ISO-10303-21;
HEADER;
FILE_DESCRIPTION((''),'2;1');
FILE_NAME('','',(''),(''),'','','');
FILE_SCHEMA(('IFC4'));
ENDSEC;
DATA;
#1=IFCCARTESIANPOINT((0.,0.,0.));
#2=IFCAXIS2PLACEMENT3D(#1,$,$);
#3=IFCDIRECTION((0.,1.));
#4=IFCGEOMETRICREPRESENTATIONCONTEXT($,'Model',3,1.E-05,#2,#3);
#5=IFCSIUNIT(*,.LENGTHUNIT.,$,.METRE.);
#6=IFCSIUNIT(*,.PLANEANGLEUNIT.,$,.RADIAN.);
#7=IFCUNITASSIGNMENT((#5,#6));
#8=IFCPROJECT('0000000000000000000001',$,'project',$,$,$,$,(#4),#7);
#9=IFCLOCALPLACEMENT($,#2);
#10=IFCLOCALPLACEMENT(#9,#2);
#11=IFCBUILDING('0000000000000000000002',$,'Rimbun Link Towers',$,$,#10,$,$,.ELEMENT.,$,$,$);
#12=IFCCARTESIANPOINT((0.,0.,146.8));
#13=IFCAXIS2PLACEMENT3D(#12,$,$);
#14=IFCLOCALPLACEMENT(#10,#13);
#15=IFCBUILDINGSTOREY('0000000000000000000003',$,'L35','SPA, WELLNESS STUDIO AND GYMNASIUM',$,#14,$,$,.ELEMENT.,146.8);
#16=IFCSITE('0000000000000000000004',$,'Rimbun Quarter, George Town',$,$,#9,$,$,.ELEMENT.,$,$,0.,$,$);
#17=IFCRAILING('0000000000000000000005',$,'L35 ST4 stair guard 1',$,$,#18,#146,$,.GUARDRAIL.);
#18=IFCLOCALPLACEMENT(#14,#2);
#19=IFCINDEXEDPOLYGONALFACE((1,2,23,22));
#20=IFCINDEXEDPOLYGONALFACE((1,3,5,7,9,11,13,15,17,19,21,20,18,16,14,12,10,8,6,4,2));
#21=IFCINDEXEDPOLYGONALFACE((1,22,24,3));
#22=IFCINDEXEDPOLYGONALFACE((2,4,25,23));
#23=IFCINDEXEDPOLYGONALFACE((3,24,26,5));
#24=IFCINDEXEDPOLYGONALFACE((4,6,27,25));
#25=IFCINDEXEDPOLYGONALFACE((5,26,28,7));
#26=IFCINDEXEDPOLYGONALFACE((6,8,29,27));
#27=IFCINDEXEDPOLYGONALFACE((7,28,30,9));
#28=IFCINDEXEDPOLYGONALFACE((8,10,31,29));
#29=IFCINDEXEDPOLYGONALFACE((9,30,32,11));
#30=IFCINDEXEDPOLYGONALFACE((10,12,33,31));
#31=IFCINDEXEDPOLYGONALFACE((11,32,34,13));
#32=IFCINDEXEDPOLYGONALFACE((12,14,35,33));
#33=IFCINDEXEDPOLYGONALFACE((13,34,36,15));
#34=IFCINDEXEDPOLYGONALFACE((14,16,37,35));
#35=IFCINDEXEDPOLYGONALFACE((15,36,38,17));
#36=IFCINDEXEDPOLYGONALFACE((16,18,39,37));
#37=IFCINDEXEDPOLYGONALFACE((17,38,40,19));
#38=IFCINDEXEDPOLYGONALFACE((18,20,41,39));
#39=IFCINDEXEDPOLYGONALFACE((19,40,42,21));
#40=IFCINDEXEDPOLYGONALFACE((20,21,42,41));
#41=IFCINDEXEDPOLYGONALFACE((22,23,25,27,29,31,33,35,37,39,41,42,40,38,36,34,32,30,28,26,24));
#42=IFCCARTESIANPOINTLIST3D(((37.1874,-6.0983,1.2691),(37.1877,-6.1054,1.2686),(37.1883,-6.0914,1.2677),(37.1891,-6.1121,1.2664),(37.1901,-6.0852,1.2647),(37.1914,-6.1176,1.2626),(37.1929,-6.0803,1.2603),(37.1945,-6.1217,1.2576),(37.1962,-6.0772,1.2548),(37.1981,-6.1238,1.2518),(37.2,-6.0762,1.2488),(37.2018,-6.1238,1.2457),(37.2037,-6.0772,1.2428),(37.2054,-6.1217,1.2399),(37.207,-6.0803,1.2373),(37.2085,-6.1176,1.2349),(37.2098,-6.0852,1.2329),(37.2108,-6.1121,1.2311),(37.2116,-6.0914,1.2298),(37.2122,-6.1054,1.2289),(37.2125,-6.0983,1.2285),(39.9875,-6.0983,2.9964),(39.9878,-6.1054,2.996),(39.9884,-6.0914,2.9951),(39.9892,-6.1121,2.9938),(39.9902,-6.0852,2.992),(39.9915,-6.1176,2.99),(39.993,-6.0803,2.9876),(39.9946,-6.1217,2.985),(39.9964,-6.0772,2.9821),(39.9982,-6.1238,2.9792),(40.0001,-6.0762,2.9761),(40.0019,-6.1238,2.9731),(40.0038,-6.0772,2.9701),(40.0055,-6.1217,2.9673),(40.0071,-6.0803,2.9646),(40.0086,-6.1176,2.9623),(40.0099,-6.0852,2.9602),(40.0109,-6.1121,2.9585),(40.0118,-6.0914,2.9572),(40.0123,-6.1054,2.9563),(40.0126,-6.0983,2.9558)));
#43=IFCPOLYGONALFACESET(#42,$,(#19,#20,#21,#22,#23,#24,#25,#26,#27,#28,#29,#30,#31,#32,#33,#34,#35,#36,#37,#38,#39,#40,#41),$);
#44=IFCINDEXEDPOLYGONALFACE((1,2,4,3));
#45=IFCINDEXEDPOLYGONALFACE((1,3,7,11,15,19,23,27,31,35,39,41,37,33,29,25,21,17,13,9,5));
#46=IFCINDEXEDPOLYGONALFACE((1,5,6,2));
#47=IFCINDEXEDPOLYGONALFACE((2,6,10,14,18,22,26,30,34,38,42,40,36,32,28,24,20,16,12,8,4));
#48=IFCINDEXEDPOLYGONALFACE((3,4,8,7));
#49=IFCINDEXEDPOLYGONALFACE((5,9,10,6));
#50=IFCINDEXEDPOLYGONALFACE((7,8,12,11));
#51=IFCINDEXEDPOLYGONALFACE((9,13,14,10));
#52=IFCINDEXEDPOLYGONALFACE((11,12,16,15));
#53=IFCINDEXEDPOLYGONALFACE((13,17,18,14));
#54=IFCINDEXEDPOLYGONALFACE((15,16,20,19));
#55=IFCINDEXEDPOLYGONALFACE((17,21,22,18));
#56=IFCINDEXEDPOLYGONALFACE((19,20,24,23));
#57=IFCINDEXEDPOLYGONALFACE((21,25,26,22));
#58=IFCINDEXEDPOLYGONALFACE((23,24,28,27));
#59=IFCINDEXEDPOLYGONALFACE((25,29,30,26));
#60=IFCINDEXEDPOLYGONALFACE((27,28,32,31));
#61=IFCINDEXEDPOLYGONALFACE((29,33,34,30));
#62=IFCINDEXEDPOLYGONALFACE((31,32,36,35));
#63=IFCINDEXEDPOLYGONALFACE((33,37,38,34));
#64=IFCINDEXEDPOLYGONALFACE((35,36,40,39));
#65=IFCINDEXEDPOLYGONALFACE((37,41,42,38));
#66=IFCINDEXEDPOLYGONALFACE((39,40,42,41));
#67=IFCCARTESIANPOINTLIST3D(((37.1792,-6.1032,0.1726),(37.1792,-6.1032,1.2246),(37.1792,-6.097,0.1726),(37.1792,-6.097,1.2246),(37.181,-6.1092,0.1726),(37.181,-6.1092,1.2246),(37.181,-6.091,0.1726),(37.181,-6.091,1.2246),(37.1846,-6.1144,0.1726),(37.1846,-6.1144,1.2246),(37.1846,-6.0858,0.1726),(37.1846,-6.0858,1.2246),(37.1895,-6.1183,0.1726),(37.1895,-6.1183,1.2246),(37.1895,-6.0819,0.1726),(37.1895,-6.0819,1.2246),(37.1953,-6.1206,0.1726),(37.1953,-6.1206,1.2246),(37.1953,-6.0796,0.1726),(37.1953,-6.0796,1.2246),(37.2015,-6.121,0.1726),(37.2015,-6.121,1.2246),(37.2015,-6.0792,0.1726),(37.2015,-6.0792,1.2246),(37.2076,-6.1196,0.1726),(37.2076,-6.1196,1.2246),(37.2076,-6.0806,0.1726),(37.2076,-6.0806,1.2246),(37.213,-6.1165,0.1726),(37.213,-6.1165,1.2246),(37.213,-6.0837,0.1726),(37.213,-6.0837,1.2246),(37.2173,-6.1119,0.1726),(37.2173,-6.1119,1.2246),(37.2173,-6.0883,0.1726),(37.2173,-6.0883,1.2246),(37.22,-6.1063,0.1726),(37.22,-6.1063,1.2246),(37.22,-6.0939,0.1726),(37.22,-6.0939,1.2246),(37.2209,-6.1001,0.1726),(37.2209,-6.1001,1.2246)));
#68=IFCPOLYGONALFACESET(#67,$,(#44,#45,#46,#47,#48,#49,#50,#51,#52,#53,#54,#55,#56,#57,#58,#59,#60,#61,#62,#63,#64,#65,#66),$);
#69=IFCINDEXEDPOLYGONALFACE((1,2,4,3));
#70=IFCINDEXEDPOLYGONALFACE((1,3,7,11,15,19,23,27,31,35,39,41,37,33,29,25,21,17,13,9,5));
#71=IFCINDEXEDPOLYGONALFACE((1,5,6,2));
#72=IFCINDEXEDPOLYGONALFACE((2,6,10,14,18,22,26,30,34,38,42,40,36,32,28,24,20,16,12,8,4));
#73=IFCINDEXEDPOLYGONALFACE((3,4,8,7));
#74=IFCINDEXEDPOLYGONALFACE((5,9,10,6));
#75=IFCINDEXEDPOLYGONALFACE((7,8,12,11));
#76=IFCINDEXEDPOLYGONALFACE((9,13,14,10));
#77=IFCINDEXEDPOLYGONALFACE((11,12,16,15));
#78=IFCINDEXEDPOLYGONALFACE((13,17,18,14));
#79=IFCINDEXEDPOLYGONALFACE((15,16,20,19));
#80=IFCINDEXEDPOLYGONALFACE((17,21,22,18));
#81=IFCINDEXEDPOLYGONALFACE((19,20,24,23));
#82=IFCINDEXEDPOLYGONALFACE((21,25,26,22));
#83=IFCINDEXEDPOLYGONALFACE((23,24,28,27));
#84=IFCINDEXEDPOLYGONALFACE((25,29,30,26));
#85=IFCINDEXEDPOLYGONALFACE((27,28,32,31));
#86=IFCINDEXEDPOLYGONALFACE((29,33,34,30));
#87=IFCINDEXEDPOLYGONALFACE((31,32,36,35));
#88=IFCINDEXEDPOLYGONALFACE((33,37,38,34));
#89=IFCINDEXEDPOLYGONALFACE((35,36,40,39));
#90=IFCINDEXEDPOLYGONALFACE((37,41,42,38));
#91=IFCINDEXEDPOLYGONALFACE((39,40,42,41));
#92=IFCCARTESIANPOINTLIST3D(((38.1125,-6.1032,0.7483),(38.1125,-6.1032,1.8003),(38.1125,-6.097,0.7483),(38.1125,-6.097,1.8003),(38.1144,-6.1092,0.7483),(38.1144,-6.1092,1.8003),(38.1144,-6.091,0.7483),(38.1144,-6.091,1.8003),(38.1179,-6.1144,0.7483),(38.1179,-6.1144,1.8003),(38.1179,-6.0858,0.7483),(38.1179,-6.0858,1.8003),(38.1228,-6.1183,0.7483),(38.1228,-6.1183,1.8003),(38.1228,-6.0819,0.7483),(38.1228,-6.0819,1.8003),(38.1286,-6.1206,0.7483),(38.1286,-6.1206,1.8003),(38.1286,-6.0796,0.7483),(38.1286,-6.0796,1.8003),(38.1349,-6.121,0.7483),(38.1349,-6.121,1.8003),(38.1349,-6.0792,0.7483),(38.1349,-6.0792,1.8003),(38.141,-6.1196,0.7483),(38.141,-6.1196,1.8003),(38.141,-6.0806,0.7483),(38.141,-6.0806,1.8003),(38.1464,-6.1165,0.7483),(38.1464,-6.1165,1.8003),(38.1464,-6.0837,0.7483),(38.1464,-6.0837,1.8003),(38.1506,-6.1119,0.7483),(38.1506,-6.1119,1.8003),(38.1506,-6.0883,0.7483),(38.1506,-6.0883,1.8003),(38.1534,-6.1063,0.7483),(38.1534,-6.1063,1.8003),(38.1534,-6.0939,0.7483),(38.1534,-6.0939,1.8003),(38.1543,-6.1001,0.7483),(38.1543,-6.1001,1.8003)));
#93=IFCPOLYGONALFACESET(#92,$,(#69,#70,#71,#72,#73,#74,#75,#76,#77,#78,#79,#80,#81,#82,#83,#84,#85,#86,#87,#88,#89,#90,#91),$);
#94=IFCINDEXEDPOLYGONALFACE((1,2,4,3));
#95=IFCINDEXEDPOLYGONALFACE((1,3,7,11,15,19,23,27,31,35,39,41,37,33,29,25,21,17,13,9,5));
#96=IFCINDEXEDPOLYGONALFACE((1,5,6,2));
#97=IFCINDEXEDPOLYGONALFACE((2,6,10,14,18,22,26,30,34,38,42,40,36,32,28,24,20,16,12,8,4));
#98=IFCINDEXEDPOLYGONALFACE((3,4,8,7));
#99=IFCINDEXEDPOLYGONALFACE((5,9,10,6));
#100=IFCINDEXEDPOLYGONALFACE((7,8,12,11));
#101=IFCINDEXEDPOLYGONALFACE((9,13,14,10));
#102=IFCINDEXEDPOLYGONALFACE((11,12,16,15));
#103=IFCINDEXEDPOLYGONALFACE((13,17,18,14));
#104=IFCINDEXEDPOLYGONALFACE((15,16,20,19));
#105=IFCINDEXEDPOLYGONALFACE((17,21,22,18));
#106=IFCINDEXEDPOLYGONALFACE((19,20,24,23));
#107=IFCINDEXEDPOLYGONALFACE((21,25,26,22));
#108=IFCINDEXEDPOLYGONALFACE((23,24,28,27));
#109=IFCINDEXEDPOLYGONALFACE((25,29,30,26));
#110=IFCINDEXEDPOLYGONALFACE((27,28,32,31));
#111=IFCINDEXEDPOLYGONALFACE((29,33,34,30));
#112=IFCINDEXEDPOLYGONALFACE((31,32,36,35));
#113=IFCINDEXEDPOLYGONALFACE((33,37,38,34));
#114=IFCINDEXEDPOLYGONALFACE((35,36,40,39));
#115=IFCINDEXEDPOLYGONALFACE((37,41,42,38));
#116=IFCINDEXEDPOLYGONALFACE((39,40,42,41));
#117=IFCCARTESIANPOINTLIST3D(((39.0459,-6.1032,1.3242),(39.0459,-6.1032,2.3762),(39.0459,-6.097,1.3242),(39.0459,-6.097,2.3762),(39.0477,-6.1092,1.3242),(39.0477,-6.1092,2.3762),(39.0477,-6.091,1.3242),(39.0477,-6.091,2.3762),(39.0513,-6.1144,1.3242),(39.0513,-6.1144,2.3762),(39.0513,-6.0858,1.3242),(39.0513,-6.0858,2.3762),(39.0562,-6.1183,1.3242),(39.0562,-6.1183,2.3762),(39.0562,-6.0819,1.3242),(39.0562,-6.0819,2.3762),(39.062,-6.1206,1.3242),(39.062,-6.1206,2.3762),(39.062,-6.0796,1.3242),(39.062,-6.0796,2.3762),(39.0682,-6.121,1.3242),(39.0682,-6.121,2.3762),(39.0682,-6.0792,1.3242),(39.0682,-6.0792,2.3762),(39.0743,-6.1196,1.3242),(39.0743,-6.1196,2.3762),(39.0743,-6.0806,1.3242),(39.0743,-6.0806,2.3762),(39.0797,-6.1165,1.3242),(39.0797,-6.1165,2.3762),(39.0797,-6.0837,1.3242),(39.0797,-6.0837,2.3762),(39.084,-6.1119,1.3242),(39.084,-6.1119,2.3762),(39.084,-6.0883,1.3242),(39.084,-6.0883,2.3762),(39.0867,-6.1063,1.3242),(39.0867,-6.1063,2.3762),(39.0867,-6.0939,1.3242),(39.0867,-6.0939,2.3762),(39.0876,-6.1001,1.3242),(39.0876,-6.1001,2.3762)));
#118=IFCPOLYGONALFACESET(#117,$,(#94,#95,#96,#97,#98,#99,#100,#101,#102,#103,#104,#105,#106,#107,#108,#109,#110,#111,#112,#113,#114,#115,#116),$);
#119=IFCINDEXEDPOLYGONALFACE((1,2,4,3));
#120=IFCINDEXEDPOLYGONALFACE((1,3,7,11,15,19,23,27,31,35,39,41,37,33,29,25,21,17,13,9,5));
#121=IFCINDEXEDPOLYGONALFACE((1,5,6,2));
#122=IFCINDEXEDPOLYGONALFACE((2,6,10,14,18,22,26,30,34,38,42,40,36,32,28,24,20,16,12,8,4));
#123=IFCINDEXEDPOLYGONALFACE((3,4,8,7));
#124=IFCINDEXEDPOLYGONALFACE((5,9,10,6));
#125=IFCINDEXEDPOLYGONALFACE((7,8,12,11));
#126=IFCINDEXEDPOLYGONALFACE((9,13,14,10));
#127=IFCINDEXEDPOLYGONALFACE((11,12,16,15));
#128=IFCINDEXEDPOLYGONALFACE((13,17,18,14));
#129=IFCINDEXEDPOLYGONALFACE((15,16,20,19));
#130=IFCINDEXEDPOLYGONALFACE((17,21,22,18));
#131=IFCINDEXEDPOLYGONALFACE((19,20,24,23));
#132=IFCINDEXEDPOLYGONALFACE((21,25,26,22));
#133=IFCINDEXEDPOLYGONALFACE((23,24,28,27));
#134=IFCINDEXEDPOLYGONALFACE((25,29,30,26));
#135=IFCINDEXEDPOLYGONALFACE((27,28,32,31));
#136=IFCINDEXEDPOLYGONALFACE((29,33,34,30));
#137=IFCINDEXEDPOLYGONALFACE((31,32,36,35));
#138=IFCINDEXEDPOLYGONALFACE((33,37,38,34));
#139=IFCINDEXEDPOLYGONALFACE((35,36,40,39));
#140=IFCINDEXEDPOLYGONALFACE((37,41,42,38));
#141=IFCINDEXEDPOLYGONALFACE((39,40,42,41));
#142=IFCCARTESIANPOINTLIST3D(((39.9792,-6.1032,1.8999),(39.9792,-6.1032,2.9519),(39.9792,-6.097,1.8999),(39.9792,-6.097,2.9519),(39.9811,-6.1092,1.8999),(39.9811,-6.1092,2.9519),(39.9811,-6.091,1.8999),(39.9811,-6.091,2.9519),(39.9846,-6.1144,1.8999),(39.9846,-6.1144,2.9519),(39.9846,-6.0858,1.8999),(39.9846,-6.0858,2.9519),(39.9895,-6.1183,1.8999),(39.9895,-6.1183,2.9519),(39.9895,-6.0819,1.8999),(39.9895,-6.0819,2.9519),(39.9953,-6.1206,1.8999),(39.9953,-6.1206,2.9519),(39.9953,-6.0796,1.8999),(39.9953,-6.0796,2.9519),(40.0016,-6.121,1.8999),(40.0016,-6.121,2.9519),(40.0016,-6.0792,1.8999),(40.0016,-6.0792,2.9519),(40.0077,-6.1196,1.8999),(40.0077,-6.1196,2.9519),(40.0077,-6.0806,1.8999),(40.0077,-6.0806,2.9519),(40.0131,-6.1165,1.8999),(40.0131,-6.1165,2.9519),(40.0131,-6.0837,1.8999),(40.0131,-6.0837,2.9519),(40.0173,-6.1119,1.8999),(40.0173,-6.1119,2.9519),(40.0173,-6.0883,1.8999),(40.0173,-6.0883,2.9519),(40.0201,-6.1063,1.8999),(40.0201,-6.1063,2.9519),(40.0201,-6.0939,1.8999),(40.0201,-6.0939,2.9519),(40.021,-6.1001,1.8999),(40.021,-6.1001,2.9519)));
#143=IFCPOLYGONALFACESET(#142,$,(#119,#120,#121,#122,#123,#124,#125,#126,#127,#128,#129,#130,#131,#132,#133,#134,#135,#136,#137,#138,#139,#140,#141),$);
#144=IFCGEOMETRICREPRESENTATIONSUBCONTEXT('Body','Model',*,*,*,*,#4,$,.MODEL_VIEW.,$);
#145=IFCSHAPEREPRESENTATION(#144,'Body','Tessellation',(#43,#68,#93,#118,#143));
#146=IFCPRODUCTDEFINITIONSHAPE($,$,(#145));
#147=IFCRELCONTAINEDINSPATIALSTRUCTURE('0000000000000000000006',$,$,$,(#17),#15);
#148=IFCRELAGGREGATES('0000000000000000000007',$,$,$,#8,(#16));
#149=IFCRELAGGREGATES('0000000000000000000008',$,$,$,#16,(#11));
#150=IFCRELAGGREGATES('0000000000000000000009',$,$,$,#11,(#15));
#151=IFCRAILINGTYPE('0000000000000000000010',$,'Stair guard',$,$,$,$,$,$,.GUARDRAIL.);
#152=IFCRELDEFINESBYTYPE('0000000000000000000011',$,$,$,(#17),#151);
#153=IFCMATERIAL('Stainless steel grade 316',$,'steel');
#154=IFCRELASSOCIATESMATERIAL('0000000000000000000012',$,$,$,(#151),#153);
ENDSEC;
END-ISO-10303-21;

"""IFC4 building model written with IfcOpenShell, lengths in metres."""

from ifc_helpers import new_model, si_unit, direction, frame, origin, origin_2d, place, context, subcontext, project, spatial, circle, extrude, material, type_object, element, save


model = new_model("IFC4")

# Units and contexts
model_context = context("Model", 3, precision=1e-05, world=origin(), true_north=direction((0.0, 1.0)))
body_context = subcontext(model_context, "Body", "Model", "MODEL_VIEW")
ifc_project = project(units=[si_unit("LENGTHUNIT", "METRE"), si_unit("PLANEANGLEUNIT", "RADIAN")], contexts=[model_context])

# Site, building, storey
site_placement = place(None, origin())
site = spatial("IfcSite", under=ifc_project, at=site_placement, Name="Rimbun Quarter, George Town", CompositionType="ELEMENT", RefElevation=0.0)
building_placement = place(site_placement, origin())
building = spatial("IfcBuilding", under=site, at=building_placement, Name="Rimbun Link Towers", CompositionType="ELEMENT")
storey_placement = place(building_placement, frame((0.0, 0.0, 146.8)))
storey = spatial("IfcBuildingStorey", under=building, at=storey_placement, Name="L35", Description="SPA, WELLNESS STUDIO AND GYMNASIUM", CompositionType="ELEMENT", Elevation=146.8)

# Railing
ifc_material_1 = material(Name="Stainless steel grade 316", Category="steel")
railing_type_1 = type_object("IfcRailingType", Name="Stair guard", PredefinedType="GUARDRAIL", material=ifc_material_1)
railing_1_placement = place(storey_placement, frame((37.2, -6.1001, 0.1726)))
element("IfcRailing", 1, at=railing_1_placement, inside=storey, type_object=railing_type_1, Name="L35 ST4 stair guard 1", PredefinedType="GUARDRAIL", context=body_context, shape_type="SweptSolid", body=[
    extrude(circle(Radius=0.0239, at=origin_2d()), frame((0.0, 0.0, 1.0762), z_axis=(0.85109, 0.0, 0.52502), x_axis=(0.0, 1.0, 0.0)), (0.0, 0.0, 1.0), 3.29),
    extrude(circle(Radius=0.021, at=origin_2d()), origin(), (0.0, 0.0, 1.0), 1.052),
    extrude(circle(Radius=0.021, at=origin_2d()), frame((0.9333, 0.0, 0.5757)), (0.0, 0.0, 1.0), 1.052),
    extrude(circle(Radius=0.021, at=origin_2d()), frame((1.8667, 0.0, 1.1516)), (0.0, 0.0, 1.0), 1.052),
    extrude(circle(Radius=0.021, at=origin_2d()), frame((2.8, 0.0, 1.7273)), (0.0, 0.0, 1.0), 1.052),
])

save(model, "model.ifc")
